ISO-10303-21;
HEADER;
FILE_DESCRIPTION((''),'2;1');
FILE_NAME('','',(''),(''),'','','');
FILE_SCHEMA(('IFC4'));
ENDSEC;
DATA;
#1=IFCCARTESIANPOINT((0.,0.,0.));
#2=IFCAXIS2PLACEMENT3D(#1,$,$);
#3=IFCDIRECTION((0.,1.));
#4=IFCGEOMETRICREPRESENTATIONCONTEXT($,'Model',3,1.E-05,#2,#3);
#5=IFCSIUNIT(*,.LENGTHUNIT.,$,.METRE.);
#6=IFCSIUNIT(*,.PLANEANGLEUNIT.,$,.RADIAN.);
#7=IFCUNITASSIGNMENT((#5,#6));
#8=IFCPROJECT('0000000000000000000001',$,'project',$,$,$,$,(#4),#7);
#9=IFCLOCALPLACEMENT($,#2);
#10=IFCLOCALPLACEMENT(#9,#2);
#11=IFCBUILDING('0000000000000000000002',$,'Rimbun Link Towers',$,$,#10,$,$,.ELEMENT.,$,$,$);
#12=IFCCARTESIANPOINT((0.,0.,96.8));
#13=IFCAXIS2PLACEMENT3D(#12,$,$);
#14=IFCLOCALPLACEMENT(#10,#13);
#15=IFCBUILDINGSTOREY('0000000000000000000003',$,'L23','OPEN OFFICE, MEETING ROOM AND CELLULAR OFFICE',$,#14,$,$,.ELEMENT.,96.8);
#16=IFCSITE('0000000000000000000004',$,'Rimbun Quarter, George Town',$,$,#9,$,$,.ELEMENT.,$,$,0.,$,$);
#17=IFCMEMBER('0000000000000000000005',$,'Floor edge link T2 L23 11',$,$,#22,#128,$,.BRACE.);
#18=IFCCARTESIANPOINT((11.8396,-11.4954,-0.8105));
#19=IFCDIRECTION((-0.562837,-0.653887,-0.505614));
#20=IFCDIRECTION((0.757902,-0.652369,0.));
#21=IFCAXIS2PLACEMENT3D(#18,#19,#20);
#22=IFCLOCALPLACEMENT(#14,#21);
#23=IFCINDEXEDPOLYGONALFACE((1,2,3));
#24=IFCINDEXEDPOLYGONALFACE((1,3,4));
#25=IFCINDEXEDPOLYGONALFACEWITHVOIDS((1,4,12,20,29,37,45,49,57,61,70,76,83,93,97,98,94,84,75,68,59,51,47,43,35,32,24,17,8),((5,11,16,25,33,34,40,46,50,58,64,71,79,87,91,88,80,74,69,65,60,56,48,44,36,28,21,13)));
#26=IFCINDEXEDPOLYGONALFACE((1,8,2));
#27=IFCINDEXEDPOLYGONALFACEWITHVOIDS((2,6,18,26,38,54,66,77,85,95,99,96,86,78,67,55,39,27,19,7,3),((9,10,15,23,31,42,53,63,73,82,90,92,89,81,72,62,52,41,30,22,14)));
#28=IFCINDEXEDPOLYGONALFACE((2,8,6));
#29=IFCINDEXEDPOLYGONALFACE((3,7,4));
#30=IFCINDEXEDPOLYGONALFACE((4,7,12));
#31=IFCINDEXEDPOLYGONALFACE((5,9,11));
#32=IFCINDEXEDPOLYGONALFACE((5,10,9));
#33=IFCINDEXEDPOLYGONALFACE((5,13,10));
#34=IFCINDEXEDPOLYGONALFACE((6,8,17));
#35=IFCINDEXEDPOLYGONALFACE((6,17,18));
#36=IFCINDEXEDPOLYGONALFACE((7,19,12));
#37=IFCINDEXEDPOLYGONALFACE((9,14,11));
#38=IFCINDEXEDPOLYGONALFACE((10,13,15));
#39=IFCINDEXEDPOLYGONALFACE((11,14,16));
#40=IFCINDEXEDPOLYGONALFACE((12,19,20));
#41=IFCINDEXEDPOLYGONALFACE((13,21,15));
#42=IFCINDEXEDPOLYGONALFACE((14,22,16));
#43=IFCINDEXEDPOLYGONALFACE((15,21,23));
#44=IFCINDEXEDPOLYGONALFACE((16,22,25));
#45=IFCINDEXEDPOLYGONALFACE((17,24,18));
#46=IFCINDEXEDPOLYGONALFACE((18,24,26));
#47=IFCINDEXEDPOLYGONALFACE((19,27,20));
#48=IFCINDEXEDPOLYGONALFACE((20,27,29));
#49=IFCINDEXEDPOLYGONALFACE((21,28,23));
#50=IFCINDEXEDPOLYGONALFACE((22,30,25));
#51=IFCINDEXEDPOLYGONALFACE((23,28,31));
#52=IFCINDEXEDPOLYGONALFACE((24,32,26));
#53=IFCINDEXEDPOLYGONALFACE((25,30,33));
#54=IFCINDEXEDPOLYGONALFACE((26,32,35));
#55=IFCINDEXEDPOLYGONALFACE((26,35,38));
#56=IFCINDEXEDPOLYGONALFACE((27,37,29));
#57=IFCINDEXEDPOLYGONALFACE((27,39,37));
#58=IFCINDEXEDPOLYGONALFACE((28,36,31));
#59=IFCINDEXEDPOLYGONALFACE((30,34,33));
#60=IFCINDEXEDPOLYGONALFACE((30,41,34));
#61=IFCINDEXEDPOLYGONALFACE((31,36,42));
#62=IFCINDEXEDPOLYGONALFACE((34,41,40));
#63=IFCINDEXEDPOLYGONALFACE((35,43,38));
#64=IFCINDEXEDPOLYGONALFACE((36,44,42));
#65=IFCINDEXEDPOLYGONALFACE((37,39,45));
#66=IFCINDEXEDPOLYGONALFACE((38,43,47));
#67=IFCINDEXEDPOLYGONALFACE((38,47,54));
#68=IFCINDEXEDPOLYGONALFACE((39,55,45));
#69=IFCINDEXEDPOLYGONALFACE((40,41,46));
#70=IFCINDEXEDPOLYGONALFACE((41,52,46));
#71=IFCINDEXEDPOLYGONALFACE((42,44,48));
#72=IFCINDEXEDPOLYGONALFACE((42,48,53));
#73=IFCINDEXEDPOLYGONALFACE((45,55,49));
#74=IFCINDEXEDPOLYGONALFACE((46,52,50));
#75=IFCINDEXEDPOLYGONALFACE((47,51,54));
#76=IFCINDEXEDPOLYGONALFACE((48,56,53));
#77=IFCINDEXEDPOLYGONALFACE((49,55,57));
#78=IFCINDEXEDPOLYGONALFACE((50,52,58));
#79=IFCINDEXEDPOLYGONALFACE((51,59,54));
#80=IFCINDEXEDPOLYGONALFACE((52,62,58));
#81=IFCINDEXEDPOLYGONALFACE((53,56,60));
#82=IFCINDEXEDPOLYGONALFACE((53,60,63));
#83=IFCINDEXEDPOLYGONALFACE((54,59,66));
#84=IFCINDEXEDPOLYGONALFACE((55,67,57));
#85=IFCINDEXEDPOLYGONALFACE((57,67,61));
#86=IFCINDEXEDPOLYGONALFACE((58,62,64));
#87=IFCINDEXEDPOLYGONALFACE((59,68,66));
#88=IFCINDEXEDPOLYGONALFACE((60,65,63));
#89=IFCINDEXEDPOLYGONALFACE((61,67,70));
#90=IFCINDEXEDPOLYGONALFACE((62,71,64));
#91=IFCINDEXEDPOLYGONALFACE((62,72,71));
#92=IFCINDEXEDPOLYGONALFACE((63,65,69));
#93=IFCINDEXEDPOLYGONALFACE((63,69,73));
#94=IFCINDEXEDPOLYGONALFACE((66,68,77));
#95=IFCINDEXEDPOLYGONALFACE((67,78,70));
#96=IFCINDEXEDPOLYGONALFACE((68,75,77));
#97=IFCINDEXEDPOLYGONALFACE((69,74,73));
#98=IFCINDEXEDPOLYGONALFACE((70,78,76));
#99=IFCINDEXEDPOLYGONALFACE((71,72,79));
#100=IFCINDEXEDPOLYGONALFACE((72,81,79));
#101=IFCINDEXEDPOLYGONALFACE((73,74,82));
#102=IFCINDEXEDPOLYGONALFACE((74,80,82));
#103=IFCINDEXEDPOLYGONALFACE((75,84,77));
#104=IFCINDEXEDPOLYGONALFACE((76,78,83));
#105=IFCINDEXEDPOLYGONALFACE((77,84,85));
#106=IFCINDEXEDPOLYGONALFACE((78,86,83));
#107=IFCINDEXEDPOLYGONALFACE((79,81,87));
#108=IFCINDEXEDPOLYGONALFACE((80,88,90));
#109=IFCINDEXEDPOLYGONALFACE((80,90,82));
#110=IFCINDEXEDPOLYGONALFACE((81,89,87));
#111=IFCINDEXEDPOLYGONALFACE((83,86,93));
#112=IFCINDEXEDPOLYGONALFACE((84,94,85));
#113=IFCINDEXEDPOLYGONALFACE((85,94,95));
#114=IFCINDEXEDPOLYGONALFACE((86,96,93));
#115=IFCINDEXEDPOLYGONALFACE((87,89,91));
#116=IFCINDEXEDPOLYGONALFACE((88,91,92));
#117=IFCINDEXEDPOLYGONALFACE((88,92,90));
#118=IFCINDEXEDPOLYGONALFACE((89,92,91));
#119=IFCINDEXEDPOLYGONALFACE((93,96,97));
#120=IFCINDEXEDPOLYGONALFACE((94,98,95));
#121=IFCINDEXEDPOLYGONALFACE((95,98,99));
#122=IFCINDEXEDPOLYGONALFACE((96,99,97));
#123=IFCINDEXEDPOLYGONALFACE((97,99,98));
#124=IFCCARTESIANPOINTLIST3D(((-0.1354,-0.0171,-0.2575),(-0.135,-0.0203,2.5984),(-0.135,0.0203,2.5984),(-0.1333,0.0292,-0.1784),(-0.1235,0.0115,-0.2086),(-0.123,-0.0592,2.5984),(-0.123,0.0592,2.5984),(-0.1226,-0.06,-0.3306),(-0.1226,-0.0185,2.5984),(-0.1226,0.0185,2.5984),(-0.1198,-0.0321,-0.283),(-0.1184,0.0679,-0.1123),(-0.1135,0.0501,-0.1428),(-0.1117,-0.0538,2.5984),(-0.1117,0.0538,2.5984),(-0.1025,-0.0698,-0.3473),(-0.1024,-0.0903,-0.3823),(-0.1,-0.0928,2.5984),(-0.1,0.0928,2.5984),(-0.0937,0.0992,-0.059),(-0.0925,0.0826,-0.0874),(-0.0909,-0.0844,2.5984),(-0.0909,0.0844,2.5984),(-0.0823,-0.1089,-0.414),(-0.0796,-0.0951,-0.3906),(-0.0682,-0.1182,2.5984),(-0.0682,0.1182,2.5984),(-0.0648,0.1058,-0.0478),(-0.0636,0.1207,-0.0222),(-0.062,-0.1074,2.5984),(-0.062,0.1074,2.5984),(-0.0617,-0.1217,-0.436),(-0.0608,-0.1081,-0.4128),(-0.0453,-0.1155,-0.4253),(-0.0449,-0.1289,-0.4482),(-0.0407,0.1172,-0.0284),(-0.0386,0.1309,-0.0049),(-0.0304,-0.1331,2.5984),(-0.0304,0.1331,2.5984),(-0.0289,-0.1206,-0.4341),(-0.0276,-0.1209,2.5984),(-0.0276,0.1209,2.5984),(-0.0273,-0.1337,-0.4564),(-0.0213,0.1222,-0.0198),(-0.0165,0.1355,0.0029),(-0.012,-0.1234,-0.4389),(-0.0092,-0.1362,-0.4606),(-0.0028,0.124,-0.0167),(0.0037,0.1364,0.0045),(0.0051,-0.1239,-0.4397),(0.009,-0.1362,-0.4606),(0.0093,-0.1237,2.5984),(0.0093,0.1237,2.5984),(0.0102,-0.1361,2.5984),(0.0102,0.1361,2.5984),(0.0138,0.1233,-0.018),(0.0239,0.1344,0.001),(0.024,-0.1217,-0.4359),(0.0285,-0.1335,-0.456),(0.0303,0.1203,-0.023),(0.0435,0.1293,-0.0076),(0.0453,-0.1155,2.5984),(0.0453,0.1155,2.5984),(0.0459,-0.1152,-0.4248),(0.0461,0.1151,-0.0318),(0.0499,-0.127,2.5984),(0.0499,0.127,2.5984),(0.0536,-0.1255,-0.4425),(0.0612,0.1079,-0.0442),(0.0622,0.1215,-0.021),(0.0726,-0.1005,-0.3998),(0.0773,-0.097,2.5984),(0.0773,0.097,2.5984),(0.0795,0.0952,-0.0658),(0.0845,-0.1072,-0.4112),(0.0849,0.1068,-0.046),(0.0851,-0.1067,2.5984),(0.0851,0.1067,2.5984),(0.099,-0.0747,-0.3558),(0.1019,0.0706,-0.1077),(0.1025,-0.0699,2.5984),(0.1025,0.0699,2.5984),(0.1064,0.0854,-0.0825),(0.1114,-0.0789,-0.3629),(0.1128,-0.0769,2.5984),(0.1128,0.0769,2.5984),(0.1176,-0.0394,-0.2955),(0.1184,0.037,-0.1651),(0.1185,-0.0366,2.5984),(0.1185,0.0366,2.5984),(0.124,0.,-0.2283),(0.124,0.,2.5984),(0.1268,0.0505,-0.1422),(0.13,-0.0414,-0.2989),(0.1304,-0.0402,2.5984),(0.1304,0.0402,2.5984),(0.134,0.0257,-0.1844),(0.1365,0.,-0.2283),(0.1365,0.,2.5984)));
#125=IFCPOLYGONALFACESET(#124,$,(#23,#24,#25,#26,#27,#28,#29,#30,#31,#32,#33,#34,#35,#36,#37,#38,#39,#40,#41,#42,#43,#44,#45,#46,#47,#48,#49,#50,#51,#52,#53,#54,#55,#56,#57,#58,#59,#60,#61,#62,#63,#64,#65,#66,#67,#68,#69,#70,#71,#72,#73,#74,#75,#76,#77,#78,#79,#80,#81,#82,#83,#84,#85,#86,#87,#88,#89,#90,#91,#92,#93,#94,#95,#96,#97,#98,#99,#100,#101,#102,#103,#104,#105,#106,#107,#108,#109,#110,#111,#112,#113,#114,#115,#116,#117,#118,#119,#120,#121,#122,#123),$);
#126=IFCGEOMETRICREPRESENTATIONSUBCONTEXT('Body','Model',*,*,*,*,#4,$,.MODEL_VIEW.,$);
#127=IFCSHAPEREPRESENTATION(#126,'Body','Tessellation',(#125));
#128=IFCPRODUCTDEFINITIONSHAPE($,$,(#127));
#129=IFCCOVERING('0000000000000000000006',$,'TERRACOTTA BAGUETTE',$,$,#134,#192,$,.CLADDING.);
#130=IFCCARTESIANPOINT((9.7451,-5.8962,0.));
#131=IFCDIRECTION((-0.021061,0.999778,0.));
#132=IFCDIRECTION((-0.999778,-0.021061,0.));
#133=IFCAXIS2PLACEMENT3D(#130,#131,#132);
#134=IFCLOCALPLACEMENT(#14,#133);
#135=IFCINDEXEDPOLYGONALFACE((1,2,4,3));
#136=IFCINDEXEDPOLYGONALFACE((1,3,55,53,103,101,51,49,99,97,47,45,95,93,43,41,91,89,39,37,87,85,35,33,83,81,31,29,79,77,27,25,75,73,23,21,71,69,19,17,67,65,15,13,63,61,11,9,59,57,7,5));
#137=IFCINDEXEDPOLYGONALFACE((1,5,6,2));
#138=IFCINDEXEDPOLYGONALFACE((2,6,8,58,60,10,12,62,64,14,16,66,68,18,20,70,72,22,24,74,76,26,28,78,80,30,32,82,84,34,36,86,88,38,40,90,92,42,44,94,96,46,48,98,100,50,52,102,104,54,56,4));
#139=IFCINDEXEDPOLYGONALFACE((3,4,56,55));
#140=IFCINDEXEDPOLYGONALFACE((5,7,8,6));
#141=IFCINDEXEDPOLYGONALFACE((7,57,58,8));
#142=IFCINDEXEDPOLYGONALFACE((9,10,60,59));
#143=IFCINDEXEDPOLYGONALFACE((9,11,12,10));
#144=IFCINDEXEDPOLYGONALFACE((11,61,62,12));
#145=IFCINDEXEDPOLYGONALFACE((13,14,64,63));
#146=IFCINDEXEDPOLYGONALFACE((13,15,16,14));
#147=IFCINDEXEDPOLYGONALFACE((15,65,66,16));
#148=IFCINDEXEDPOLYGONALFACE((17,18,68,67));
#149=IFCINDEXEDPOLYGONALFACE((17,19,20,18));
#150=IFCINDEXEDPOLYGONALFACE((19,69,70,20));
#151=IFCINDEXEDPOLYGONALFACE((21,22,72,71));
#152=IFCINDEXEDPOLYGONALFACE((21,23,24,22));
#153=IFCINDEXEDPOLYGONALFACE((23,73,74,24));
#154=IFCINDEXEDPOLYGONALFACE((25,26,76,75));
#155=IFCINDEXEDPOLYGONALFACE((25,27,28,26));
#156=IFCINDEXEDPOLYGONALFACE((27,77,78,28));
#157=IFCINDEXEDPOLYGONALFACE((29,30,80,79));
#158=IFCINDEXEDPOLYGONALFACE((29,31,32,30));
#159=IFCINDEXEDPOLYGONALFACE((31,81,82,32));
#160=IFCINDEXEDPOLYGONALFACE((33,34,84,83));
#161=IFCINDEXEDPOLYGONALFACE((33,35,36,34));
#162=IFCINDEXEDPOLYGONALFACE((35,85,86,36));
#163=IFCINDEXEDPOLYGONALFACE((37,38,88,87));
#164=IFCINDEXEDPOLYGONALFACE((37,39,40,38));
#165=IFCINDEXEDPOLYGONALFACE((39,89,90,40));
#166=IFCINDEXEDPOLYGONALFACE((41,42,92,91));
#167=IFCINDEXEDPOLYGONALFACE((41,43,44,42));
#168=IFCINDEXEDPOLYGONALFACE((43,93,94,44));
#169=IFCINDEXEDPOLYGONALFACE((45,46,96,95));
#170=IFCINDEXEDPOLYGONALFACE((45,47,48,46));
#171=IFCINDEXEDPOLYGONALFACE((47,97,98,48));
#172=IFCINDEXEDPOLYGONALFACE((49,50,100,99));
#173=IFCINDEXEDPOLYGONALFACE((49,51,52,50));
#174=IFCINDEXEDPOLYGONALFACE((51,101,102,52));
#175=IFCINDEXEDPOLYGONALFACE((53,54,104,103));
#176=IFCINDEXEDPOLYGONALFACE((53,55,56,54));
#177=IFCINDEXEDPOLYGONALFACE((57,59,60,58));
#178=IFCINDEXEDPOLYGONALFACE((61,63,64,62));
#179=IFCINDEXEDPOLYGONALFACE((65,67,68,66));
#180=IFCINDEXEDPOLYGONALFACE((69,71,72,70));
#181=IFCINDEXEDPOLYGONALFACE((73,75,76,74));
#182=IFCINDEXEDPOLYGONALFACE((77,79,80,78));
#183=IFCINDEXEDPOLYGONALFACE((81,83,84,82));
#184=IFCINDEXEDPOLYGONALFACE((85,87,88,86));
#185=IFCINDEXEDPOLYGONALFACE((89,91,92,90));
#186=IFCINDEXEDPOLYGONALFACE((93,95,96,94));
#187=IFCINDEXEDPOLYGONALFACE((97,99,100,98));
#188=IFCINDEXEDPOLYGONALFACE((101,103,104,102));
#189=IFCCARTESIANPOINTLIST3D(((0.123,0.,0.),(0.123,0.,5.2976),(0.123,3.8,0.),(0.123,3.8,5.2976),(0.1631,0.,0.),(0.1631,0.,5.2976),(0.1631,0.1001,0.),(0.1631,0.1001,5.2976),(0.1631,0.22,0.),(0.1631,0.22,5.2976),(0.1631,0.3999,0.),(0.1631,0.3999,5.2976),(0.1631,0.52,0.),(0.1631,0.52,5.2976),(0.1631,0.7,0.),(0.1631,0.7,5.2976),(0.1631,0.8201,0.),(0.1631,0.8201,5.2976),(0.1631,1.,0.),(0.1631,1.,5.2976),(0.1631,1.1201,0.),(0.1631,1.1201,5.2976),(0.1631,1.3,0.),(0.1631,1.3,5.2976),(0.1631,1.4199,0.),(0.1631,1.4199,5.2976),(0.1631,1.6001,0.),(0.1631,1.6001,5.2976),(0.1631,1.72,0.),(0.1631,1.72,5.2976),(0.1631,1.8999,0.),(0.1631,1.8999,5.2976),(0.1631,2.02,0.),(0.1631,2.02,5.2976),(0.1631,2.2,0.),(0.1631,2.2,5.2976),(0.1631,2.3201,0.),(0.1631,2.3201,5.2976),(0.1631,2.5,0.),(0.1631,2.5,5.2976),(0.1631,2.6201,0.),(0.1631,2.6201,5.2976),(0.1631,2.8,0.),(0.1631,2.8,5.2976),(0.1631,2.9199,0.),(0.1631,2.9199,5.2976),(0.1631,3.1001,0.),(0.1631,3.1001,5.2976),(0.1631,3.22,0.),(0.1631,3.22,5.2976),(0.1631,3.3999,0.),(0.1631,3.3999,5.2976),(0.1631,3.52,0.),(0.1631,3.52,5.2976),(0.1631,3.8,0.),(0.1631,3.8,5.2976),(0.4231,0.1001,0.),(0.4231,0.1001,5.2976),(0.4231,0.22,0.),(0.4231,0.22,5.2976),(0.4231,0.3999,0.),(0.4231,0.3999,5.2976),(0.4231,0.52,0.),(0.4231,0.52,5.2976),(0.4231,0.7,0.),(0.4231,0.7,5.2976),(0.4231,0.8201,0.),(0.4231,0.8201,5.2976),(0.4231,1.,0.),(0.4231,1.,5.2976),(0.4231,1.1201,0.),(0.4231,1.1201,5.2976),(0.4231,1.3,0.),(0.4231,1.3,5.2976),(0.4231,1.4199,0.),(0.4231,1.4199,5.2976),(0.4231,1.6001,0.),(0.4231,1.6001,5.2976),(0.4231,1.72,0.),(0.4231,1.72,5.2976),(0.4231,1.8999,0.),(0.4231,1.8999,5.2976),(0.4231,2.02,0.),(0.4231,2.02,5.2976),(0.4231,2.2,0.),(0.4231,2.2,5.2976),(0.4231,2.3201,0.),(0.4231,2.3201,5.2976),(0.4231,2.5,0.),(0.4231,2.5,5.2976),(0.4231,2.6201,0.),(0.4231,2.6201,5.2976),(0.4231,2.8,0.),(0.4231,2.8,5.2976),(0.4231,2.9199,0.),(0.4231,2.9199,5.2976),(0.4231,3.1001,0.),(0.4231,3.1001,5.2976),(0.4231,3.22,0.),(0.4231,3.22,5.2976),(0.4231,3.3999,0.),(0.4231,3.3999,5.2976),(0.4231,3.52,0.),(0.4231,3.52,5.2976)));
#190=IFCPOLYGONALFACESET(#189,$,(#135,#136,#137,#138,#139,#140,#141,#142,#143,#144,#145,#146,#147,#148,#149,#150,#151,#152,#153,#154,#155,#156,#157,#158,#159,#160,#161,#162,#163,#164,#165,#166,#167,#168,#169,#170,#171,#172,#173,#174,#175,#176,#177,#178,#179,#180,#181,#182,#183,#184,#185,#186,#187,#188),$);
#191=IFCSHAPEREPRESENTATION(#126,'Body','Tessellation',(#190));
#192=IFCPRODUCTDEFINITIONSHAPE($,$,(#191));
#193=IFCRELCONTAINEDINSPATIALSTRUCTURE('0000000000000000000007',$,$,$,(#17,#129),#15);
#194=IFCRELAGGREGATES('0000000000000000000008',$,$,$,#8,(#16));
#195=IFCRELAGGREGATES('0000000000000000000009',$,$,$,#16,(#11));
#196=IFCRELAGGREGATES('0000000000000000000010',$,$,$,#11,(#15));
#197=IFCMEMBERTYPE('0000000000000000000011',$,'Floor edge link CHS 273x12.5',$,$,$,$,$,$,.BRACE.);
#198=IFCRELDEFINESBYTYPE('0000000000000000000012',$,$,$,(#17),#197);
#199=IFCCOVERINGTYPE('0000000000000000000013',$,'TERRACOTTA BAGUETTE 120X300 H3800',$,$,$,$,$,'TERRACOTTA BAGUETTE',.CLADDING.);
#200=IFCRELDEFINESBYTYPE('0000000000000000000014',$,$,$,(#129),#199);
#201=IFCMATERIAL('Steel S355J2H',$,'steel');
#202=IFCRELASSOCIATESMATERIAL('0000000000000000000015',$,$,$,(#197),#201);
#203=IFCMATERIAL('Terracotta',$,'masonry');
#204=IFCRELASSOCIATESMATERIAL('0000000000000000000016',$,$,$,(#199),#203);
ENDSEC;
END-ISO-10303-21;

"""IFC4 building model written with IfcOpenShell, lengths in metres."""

from ifc_helpers import new_model, si_unit, direction, frame, origin, origin_2d, place, context, subcontext, project, spatial, polyline, hollow_circle, outline, extrude, clip, halfspace, material, material_profile, profile_set, type_object, element, save


model = new_model("IFC4")

# Units and contexts
model_context = context("Model", 3, precision=1e-05, world=origin(), true_north=direction((0.0, 1.0)))
body_context = subcontext(model_context, "Body", "Model", "MODEL_VIEW")
ifc_project = project(units=[si_unit("LENGTHUNIT", "METRE"), si_unit("PLANEANGLEUNIT", "RADIAN")], contexts=[model_context])

# Site, building, storey
site_placement = place(None, origin())
site = spatial("IfcSite", under=ifc_project, at=site_placement, Name="Rimbun Quarter, George Town", CompositionType="ELEMENT", RefElevation=0.0)
building_placement = place(site_placement, origin())
building = spatial("IfcBuilding", under=site, at=building_placement, Name="Rimbun Link Towers", CompositionType="ELEMENT")
storey_placement = place(building_placement, frame((0.0, 0.0, 96.8)))
storey = spatial("IfcBuildingStorey", under=building, at=storey_placement, Name="L23", Description="OPEN OFFICE, MEETING ROOM AND CELLULAR OFFICE", CompositionType="ELEMENT", Elevation=96.8)

# Member
ifc_material_1 = material(Name="Steel S355J2H", Category="steel")
ifc_material_profile_1 = material_profile(ifc_material_1, hollow_circle(Radius=0.1365, WallThickness=0.0125, at=origin_2d()), Name="CHS 273x12.5")
ifc_profile_set_1 = profile_set([ifc_material_profile_1], Name="Steel S355J2H")
member_type_1 = type_object("IfcMemberType", Name="Floor edge link CHS 273x12.5", PredefinedType="BRACE", material=ifc_profile_set_1)
member_1_placement = place(storey_placement, frame((11.8396, -11.4954, -0.8105), z_axis=(-0.562837, -0.653887, -0.505614), x_axis=(0.757902, -0.652369, 0.0)))
element("IfcMember", 1, at=member_1_placement, inside=storey, type_object=member_type_1, Name="Floor edge link T2 L23 11", PredefinedType="BRACE", context=body_context, shape_type="Clipping", body=[
    clip(extrude(hollow_circle(Radius=0.1365, WallThickness=0.0125, at=origin_2d()), frame((0.0, 0.0, -0.4856)), (0.0, 0.0, 1.0), 3.084), halfspace(frame((0.0, 0.0, -0.2283), z_axis=(0.0, 0.86276, -0.505614)), False)),
])

# Covering
ifc_material_2 = material(Name="Terracotta", Category="masonry")
ifc_material_profile_2 = material_profile(ifc_material_2, outline(polyline([(0.123, 0.0), (0.1631, 0.0), (0.1631, 0.1001), (0.4231, 0.1001), (0.4231, 0.22), (0.1631, 0.22), (0.1631, 0.3999), (0.4231, 0.3999), (0.4231, 0.52), (0.1631, 0.52), (0.1631, 0.7), (0.4231, 0.7), (0.4231, 0.8201), (0.1631, 0.8201), (0.1631, 1.0), (0.4231, 1.0), (0.4231, 1.1201), (0.1631, 1.1201), (0.1631, 1.3), (0.4231, 1.3), (0.4231, 1.4199), (0.1631, 1.4199), (0.1631, 1.6001), (0.4231, 1.6001), (0.4231, 1.72), (0.1631, 1.72), (0.1631, 1.8999), (0.4231, 1.8999), (0.4231, 2.02), (0.1631, 2.02), (0.1631, 2.2), (0.4231, 2.2), (0.4231, 2.3201), (0.1631, 2.3201), (0.1631, 2.5), (0.4231, 2.5), (0.4231, 2.6201), (0.1631, 2.6201), (0.1631, 2.8), (0.4231, 2.8), (0.4231, 2.9199), (0.1631, 2.9199), (0.1631, 3.1001), (0.4231, 3.1001), (0.4231, 3.22), (0.1631, 3.22), (0.1631, 3.3999), (0.4231, 3.3999), (0.4231, 3.52), (0.1631, 3.52), (0.1631, 3.8), (0.123, 3.8), (0.123, 0.0)])), Name="BAGUETTE 120X300")
ifc_profile_set_2 = profile_set([ifc_material_profile_2], Name="Terracotta")
covering_type_1 = type_object("IfcCoveringType", Name="TERRACOTTA BAGUETTE 120X300 H3800", ElementType="TERRACOTTA BAGUETTE", PredefinedType="CLADDING", material=ifc_profile_set_2)
covering_1_placement = place(storey_placement, frame((9.7451, -5.8962, 0.0), z_axis=(-0.021061, 0.999778, 0.0), x_axis=(-0.999778, -0.021061, 0.0)))
element("IfcCovering", 2, at=covering_1_placement, inside=storey, type_object=covering_type_1, Name="TERRACOTTA BAGUETTE", PredefinedType="CLADDING", context=body_context, shape_type="SweptSolid", body=[
    extrude(outline(polyline([(0.123, 0.0), (0.1631, 0.0), (0.1631, 0.1001), (0.4231, 0.1001), (0.4231, 0.22), (0.1631, 0.22), (0.1631, 0.3999), (0.4231, 0.3999), (0.4231, 0.52), (0.1631, 0.52), (0.1631, 0.7), (0.4231, 0.7), (0.4231, 0.8201), (0.1631, 0.8201), (0.1631, 1.0), (0.4231, 1.0), (0.4231, 1.1201), (0.1631, 1.1201), (0.1631, 1.3), (0.4231, 1.3), (0.4231, 1.4199), (0.1631, 1.4199), (0.1631, 1.6001), (0.4231, 1.6001), (0.4231, 1.72), (0.1631, 1.72), (0.1631, 1.8999), (0.4231, 1.8999), (0.4231, 2.02), (0.1631, 2.02), (0.1631, 2.2), (0.4231, 2.2), (0.4231, 2.3201), (0.1631, 2.3201), (0.1631, 2.5), (0.4231, 2.5), (0.4231, 2.6201), (0.1631, 2.6201), (0.1631, 2.8), (0.4231, 2.8), (0.4231, 2.9199), (0.1631, 2.9199), (0.1631, 3.1001), (0.4231, 3.1001), (0.4231, 3.22), (0.1631, 3.22), (0.1631, 3.3999), (0.4231, 3.3999), (0.4231, 3.52), (0.1631, 3.52), (0.1631, 3.8), (0.123, 3.8), (0.123, 0.0)])), origin(), (0.0, 0.0, 1.0), 5.2976),
])

save(model, "model.ifc")
